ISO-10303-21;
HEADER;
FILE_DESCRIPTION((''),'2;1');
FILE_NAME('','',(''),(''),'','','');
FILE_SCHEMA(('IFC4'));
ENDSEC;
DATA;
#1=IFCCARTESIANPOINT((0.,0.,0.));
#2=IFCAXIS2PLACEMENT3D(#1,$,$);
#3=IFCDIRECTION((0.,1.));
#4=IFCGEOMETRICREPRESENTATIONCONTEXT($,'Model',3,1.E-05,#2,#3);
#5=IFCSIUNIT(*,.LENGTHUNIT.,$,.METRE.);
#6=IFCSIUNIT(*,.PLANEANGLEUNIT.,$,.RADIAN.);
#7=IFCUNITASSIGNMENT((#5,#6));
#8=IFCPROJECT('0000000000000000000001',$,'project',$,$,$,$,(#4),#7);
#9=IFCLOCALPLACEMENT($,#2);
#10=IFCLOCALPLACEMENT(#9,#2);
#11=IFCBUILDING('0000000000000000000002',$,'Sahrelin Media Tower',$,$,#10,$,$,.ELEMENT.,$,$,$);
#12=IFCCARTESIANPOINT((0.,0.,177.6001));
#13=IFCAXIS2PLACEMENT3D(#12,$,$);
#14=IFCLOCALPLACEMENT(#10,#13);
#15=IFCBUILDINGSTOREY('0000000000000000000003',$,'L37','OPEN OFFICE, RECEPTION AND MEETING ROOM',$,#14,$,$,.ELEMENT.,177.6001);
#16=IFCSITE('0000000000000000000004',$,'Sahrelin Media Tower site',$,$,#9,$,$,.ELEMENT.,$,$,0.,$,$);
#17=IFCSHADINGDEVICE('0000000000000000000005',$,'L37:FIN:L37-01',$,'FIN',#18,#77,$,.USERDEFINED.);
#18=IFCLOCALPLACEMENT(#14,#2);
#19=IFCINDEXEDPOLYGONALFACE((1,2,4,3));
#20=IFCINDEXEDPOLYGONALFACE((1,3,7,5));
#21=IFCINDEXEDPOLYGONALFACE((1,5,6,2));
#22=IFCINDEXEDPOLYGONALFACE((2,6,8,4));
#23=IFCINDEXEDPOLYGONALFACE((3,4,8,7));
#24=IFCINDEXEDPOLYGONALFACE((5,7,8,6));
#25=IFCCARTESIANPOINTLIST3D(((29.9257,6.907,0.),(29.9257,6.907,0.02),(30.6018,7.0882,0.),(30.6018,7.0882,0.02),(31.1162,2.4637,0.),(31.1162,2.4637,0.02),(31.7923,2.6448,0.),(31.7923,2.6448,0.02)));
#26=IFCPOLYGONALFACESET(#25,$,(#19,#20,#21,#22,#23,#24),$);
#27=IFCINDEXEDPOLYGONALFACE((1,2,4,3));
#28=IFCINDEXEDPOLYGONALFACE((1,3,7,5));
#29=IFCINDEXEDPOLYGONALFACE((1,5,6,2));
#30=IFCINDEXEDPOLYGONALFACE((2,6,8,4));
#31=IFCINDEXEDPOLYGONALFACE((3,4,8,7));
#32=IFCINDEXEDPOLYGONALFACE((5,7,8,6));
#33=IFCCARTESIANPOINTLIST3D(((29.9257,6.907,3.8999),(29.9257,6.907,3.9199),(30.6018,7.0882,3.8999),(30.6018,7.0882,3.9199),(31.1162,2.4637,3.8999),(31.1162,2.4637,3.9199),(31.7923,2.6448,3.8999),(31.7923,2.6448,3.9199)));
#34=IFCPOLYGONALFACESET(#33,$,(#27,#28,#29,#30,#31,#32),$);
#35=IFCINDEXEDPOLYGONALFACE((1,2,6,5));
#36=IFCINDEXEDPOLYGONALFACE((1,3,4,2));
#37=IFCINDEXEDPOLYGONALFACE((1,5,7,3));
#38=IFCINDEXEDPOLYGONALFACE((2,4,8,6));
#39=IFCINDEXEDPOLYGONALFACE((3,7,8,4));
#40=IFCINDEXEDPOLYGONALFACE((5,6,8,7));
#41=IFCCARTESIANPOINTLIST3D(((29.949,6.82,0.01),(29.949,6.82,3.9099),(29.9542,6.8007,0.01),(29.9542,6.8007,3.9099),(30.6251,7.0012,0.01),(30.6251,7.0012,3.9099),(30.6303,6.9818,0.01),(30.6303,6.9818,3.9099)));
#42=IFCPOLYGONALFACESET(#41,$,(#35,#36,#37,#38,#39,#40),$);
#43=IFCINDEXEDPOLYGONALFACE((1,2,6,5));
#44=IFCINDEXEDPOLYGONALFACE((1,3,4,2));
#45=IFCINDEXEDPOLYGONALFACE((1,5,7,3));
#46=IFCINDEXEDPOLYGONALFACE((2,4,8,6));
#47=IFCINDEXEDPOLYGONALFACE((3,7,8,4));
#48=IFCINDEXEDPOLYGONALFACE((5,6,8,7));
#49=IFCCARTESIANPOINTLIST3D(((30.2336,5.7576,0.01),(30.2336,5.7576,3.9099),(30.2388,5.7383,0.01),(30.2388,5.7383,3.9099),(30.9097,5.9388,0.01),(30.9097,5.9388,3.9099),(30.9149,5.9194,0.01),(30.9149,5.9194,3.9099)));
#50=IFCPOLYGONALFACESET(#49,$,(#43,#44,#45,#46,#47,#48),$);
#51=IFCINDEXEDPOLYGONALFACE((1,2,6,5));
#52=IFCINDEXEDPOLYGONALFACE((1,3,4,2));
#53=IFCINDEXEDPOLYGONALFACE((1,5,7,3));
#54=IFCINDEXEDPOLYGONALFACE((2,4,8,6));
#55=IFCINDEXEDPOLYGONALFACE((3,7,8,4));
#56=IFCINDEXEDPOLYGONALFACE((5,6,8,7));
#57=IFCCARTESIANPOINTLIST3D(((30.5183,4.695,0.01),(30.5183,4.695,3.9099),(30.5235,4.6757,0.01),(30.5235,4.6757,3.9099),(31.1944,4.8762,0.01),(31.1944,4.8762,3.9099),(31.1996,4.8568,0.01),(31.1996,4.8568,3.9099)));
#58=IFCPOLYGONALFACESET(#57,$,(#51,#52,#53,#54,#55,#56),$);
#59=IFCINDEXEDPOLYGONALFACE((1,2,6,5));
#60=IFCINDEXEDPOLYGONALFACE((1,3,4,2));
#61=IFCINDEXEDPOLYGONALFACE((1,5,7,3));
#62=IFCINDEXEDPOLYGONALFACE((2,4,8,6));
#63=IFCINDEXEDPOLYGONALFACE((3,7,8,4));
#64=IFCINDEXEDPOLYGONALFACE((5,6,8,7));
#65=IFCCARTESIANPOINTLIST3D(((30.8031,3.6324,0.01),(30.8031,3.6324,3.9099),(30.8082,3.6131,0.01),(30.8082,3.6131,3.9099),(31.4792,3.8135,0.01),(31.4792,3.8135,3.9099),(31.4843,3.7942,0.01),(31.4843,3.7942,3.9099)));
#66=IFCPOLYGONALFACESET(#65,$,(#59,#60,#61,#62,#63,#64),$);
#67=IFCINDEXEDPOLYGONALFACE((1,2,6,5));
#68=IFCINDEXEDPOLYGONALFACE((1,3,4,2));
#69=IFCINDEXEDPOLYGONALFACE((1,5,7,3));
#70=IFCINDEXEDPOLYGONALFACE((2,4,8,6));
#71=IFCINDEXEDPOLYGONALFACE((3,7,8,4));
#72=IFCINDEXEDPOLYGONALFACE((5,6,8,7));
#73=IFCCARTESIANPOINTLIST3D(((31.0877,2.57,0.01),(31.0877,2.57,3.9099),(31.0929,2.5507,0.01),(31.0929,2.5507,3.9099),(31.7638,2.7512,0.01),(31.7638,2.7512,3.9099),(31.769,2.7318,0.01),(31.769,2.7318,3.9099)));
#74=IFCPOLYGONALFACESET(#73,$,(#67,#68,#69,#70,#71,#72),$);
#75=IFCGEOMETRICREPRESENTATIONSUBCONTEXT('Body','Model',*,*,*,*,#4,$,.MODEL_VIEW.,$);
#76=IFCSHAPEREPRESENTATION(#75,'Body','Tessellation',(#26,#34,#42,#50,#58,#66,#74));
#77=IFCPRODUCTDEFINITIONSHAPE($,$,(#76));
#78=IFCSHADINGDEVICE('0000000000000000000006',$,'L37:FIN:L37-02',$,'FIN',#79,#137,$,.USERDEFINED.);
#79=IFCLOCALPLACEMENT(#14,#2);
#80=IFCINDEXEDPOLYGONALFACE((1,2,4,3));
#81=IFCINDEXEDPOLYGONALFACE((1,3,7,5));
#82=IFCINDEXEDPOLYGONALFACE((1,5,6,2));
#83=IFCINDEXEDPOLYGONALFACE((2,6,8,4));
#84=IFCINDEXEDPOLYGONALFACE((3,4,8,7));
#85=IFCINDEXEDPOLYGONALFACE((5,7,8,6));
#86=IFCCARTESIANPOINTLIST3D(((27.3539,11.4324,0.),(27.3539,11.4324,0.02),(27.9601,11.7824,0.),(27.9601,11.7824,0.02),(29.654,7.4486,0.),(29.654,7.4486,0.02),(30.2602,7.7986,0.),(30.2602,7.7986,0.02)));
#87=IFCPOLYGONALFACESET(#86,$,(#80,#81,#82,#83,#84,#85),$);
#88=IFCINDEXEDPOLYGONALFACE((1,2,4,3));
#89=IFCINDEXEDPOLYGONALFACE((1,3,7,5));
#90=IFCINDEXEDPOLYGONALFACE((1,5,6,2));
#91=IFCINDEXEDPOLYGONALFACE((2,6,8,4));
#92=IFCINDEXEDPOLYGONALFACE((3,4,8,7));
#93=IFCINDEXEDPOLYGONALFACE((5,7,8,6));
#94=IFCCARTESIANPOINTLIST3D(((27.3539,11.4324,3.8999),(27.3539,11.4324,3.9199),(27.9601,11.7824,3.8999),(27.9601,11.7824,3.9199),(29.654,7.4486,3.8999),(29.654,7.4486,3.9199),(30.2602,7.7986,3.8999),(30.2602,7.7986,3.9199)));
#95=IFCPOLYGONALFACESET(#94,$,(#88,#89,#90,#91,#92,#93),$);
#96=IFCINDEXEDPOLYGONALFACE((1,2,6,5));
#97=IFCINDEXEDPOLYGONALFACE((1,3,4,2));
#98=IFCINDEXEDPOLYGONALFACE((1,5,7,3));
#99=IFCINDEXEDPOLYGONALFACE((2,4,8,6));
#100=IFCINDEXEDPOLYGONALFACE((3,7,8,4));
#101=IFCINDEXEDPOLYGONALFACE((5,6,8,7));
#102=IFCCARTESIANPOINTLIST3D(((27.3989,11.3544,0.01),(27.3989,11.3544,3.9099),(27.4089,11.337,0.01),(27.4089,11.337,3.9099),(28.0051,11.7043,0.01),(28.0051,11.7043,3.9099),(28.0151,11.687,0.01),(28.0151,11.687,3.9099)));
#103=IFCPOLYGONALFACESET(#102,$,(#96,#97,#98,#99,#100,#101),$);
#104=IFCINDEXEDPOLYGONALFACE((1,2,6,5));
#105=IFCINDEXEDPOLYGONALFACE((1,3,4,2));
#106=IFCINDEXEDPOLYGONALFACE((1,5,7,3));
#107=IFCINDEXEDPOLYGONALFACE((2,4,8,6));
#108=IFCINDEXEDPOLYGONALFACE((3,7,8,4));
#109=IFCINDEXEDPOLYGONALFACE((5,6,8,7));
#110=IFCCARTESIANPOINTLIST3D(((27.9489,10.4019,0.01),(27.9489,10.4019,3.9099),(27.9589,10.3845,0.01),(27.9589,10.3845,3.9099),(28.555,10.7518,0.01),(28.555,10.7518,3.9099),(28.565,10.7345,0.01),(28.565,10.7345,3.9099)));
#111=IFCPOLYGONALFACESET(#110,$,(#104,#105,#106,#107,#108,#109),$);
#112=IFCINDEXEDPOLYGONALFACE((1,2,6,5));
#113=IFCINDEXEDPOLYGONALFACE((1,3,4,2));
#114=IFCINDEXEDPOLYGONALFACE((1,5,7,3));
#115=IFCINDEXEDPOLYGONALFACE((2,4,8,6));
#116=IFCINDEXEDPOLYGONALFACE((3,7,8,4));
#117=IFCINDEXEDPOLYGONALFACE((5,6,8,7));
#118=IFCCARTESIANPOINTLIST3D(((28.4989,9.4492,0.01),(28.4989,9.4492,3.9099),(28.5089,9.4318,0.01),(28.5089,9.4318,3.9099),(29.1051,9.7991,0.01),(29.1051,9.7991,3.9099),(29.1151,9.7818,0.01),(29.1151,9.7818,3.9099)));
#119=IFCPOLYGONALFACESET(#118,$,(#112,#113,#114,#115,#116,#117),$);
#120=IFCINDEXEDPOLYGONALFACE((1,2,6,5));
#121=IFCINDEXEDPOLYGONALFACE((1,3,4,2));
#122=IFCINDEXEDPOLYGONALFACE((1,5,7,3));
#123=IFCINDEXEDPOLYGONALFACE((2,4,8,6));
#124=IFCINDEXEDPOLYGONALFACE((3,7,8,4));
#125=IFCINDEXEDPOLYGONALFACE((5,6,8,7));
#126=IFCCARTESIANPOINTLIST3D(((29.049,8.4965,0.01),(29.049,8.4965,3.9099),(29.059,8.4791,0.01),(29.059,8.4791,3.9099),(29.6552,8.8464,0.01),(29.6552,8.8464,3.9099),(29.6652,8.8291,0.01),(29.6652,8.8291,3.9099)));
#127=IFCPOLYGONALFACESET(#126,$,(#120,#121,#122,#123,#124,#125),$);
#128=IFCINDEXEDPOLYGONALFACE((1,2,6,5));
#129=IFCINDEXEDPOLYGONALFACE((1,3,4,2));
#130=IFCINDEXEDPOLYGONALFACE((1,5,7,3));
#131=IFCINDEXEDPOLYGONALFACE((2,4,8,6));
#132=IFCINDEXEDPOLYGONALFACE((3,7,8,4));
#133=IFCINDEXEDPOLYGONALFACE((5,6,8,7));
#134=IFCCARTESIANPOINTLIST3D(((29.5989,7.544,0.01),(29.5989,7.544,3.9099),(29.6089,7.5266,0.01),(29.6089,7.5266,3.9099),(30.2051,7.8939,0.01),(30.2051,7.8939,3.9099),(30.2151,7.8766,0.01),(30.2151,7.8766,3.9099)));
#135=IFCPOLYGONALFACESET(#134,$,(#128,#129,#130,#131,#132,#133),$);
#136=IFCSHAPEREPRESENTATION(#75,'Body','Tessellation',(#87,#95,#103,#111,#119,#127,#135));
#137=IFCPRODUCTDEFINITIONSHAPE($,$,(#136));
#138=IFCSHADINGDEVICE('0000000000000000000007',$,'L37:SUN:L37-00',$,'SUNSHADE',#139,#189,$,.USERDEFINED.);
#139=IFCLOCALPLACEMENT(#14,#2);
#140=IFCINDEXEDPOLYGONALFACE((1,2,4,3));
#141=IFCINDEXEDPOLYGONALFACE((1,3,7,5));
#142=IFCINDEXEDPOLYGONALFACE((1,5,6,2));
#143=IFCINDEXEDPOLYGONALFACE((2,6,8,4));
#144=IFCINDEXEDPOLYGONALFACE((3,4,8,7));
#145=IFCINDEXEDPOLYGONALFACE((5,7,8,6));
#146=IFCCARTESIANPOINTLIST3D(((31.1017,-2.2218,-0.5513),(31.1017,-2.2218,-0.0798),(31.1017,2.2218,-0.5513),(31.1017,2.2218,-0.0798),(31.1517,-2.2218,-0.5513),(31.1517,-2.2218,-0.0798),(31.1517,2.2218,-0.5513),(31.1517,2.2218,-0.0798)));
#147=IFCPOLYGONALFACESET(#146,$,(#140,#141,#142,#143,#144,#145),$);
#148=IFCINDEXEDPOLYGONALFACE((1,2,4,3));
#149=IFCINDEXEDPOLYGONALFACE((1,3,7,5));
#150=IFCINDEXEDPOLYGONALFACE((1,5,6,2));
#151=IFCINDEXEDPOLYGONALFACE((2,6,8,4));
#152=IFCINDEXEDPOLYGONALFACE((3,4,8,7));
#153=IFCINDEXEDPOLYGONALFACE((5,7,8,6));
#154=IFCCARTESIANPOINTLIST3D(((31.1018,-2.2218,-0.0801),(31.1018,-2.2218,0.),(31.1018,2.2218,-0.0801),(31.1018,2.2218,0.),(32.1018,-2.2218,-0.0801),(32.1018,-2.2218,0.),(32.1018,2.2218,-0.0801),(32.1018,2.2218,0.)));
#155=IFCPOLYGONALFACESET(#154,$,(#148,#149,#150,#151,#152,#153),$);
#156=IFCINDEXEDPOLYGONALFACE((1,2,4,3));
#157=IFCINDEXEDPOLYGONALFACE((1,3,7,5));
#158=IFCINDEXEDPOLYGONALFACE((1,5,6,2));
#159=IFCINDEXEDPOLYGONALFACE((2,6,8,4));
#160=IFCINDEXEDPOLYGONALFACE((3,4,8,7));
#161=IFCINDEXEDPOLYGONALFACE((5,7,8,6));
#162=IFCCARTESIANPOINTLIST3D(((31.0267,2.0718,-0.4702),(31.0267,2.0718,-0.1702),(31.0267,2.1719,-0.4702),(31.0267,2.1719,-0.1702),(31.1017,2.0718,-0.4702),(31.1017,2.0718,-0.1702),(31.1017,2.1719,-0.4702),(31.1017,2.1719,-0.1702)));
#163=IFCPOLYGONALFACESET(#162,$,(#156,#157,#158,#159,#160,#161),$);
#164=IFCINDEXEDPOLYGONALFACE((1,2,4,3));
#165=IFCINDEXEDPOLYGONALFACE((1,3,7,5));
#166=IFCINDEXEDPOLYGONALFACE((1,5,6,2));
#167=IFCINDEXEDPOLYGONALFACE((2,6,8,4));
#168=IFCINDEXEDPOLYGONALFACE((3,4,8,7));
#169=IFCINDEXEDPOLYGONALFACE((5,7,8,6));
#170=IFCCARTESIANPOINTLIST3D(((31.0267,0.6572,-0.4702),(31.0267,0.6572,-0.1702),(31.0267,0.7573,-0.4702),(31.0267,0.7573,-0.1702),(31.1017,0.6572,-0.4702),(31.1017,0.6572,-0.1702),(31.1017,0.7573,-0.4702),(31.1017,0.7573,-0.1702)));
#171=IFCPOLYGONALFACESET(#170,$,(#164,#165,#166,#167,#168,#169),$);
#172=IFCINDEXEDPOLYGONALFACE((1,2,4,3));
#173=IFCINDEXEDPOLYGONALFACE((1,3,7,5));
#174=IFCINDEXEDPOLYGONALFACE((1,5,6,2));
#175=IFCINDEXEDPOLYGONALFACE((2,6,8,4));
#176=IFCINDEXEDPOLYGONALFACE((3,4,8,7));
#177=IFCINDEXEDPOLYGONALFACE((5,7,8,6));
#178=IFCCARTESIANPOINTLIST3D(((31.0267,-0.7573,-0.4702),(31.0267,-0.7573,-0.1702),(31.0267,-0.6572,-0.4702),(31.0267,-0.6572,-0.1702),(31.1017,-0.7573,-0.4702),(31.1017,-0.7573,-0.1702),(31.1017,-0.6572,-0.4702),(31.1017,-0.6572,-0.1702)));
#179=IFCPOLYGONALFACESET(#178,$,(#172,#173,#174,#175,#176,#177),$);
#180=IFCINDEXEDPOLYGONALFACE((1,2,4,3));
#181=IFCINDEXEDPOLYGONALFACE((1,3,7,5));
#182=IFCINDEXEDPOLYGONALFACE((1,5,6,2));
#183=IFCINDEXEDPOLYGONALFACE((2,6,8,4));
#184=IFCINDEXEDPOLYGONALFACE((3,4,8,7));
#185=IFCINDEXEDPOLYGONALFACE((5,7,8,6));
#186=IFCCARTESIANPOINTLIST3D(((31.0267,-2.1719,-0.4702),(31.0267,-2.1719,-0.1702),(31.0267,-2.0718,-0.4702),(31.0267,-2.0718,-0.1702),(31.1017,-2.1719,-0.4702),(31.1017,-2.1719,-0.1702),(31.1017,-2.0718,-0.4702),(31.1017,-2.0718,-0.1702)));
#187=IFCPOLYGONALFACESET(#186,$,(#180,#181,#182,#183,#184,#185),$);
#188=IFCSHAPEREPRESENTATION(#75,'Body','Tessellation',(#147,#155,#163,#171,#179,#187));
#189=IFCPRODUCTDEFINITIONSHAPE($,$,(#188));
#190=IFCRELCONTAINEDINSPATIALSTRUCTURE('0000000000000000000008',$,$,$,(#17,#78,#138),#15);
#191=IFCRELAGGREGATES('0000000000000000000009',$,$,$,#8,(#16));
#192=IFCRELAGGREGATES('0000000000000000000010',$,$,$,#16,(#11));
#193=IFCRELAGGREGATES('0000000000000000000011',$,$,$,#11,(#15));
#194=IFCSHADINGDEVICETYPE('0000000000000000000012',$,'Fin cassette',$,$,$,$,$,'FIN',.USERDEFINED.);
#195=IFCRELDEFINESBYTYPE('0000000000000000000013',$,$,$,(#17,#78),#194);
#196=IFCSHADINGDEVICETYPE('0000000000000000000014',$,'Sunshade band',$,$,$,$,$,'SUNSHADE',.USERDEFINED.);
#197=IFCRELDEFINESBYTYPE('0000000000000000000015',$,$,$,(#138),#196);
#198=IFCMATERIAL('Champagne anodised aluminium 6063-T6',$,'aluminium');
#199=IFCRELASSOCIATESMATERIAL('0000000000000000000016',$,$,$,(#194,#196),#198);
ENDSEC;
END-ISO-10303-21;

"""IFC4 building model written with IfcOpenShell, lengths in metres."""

from ifc_helpers import new_model, si_unit, direction, frame, origin, origin_2d, place, context, subcontext, project, spatial, rectangle, extrude, material, type_object, element, save


model = new_model("IFC4")

# Units and contexts
model_context = context("Model", 3, precision=1e-05, world=origin(), true_north=direction((0.0, 1.0)))
body_context = subcontext(model_context, "Body", "Model", "MODEL_VIEW")
ifc_project = project(units=[si_unit("LENGTHUNIT", "METRE"), si_unit("PLANEANGLEUNIT", "RADIAN")], contexts=[model_context])

# Site, building, storey
site_placement = place(None, origin())
site = spatial("IfcSite", under=ifc_project, at=site_placement, Name="Sahrelin Media Tower site", CompositionType="ELEMENT", RefElevation=0.0)
building_placement = place(site_placement, origin())
building = spatial("IfcBuilding", under=site, at=building_placement, Name="Sahrelin Media Tower", CompositionType="ELEMENT")
storey_placement = place(building_placement, frame((0.0, 0.0, 177.6001)))
storey = spatial("IfcBuildingStorey", under=building, at=storey_placement, Name="L37", Description="OPEN OFFICE, RECEPTION AND MEETING ROOM", CompositionType="ELEMENT", Elevation=177.6001)

# Shared definitions
ifc_material_1 = material(Name="Champagne anodised aluminium 6063-T6", Category="aluminium")

# Shading devices
shading_device_type_1 = type_object("IfcShadingDeviceType", Name="Fin cassette", ElementType="FIN", PredefinedType="USERDEFINED", material=ifc_material_1)
placement_1 = place(storey_placement, frame((31.0818, 0.0, 0.0), z_axis=(0.0, 0.0, 1.0), x_axis=(0.0, -1.0, 0.0)))
placement_2 = place(storey_placement, frame((30.4534, 4.6672, 0.0), z_axis=(0.0, 0.0, 1.0), x_axis=(0.258808, -0.965929, 0.0)))
element("IfcShadingDevice", 1, at=placement_2, inside=storey, type_object=shading_device_type_1, Name="L37:FIN:L37-01", ObjectType="FIN", PredefinedType="USERDEFINED", context=body_context, shape_type="SweptSolid", body=[
    extrude(rectangle(XDim=4.6001, YDim=0.7, at=origin_2d()), frame((0.0, 0.4199, 0.0)), (0.0, 0.0, 1.0), 0.02),
    extrude(rectangle(XDim=4.6001, YDim=0.7, at=origin_2d()), frame((0.0, 0.4199, 3.8999)), (0.0, 0.0, 1.0), 0.02),
    extrude(rectangle(XDim=0.02, YDim=0.7, at=origin_2d()), frame((-2.2, 0.4199, 0.01), z_axis=(0.0, 0.0, 1.0), x_axis=(1.0, 0.0, 0.0)), (0.0, 0.0, 1.0), 3.8999),
    extrude(rectangle(XDim=0.02, YDim=0.7, at=origin_2d()), frame((-1.1001, 0.4199, 0.01), z_axis=(0.0, 0.0, 1.0), x_axis=(1.0, 0.0, 0.0)), (0.0, 0.0, 1.0), 3.8999),
    extrude(rectangle(XDim=0.02, YDim=0.7, at=origin_2d()), frame((0.0, 0.4199, 0.01), z_axis=(0.0, 0.0, 1.0), x_axis=(1.0, 0.0, 0.0)), (0.0, 0.0, 1.0), 3.8999),
    extrude(rectangle(XDim=0.02, YDim=0.7, at=origin_2d()), frame((1.1001, 0.4199, 0.01), z_axis=(0.0, 0.0, 1.0), x_axis=(1.0, 0.0, 0.0)), (0.0, 0.0, 1.0), 3.8999),
    extrude(rectangle(XDim=0.02, YDim=0.7, at=origin_2d()), frame((2.2, 0.4199, 0.01), z_axis=(0.0, 0.0, 1.0), x_axis=(1.0, 0.0, 0.0)), (0.0, 0.0, 1.0), 3.8999),
])
placement_3 = place(storey_placement, frame((28.4434, 9.4055, 0.0), z_axis=(0.0, 0.0, 1.0), x_axis=(0.500011, -0.866019, 0.0)))
element("IfcShadingDevice", 2, at=placement_3, inside=storey, type_object=shading_device_type_1, Name="L37:FIN:L37-02", ObjectType="FIN", PredefinedType="USERDEFINED", context=body_context, shape_type="SweptSolid", body=[
    extrude(rectangle(XDim=4.6001, YDim=0.7, at=origin_2d()), frame((0.0, 0.4199, 0.0)), (0.0, 0.0, 1.0), 0.02),
    extrude(rectangle(XDim=4.6001, YDim=0.7, at=origin_2d()), frame((0.0, 0.4199, 3.8999)), (0.0, 0.0, 1.0), 0.02),
    extrude(rectangle(XDim=0.02, YDim=0.7, at=origin_2d()), frame((-2.2, 0.4199, 0.01), z_axis=(0.0, 0.0, 1.0), x_axis=(1.0, 0.0, 0.0)), (0.0, 0.0, 1.0), 3.8999),
    extrude(rectangle(XDim=0.02, YDim=0.7, at=origin_2d()), frame((-1.1001, 0.4199, 0.01), z_axis=(0.0, 0.0, 1.0), x_axis=(1.0, 0.0, 0.0)), (0.0, 0.0, 1.0), 3.8999),
    extrude(rectangle(XDim=0.02, YDim=0.7, at=origin_2d()), frame((0.0, 0.4199, 0.01), z_axis=(0.0, 0.0, 1.0), x_axis=(1.0, 0.0, 0.0)), (0.0, 0.0, 1.0), 3.8999),
    extrude(rectangle(XDim=0.02, YDim=0.7, at=origin_2d()), frame((1.1001, 0.4199, 0.01), z_axis=(0.0, 0.0, 1.0), x_axis=(1.0, 0.0, 0.0)), (0.0, 0.0, 1.0), 3.8999),
    extrude(rectangle(XDim=0.02, YDim=0.7, at=origin_2d()), frame((2.2, 0.4199, 0.01), z_axis=(0.0, 0.0, 1.0), x_axis=(1.0, 0.0, 0.0)), (0.0, 0.0, 1.0), 3.8999),
])
shading_device_type_2 = type_object("IfcShadingDeviceType", Name="Sunshade band", ElementType="SUNSHADE", PredefinedType="USERDEFINED", material=ifc_material_1)
element("IfcShadingDevice", 3, at=placement_1, inside=storey, type_object=shading_device_type_2, Name="L37:SUN:L37-00", ObjectType="SUNSHADE", PredefinedType="USERDEFINED", context=body_context, shape_type="SweptSolid", body=[
    extrude(rectangle(XDim=4.4436, YDim=0.05, at=origin_2d()), frame((0.0, 0.0449, -0.5513)), (0.0, 0.0, 1.0), 0.4714),
    extrude(rectangle(XDim=4.4436, YDim=1.0, at=origin_2d()), frame((0.0, 0.52, -0.0801)), (0.0, 0.0, 1.0), 0.0801),
    extrude(rectangle(XDim=0.1001, YDim=0.075, at=origin_2d()), frame((-2.1218, -0.0176, -0.4702)), (0.0, 0.0, 1.0), 0.3),
    extrude(rectangle(XDim=0.1001, YDim=0.075, at=origin_2d()), frame((-0.7073, -0.0176, -0.4702)), (0.0, 0.0, 1.0), 0.3),
    extrude(rectangle(XDim=0.1001, YDim=0.075, at=origin_2d()), frame((0.7073, -0.0176, -0.4702)), (0.0, 0.0, 1.0), 0.3),
    extrude(rectangle(XDim=0.1001, YDim=0.075, at=origin_2d()), frame((2.1218, -0.0176, -0.4702)), (0.0, 0.0, 1.0), 0.3),
])

save(model, "model.ifc")
